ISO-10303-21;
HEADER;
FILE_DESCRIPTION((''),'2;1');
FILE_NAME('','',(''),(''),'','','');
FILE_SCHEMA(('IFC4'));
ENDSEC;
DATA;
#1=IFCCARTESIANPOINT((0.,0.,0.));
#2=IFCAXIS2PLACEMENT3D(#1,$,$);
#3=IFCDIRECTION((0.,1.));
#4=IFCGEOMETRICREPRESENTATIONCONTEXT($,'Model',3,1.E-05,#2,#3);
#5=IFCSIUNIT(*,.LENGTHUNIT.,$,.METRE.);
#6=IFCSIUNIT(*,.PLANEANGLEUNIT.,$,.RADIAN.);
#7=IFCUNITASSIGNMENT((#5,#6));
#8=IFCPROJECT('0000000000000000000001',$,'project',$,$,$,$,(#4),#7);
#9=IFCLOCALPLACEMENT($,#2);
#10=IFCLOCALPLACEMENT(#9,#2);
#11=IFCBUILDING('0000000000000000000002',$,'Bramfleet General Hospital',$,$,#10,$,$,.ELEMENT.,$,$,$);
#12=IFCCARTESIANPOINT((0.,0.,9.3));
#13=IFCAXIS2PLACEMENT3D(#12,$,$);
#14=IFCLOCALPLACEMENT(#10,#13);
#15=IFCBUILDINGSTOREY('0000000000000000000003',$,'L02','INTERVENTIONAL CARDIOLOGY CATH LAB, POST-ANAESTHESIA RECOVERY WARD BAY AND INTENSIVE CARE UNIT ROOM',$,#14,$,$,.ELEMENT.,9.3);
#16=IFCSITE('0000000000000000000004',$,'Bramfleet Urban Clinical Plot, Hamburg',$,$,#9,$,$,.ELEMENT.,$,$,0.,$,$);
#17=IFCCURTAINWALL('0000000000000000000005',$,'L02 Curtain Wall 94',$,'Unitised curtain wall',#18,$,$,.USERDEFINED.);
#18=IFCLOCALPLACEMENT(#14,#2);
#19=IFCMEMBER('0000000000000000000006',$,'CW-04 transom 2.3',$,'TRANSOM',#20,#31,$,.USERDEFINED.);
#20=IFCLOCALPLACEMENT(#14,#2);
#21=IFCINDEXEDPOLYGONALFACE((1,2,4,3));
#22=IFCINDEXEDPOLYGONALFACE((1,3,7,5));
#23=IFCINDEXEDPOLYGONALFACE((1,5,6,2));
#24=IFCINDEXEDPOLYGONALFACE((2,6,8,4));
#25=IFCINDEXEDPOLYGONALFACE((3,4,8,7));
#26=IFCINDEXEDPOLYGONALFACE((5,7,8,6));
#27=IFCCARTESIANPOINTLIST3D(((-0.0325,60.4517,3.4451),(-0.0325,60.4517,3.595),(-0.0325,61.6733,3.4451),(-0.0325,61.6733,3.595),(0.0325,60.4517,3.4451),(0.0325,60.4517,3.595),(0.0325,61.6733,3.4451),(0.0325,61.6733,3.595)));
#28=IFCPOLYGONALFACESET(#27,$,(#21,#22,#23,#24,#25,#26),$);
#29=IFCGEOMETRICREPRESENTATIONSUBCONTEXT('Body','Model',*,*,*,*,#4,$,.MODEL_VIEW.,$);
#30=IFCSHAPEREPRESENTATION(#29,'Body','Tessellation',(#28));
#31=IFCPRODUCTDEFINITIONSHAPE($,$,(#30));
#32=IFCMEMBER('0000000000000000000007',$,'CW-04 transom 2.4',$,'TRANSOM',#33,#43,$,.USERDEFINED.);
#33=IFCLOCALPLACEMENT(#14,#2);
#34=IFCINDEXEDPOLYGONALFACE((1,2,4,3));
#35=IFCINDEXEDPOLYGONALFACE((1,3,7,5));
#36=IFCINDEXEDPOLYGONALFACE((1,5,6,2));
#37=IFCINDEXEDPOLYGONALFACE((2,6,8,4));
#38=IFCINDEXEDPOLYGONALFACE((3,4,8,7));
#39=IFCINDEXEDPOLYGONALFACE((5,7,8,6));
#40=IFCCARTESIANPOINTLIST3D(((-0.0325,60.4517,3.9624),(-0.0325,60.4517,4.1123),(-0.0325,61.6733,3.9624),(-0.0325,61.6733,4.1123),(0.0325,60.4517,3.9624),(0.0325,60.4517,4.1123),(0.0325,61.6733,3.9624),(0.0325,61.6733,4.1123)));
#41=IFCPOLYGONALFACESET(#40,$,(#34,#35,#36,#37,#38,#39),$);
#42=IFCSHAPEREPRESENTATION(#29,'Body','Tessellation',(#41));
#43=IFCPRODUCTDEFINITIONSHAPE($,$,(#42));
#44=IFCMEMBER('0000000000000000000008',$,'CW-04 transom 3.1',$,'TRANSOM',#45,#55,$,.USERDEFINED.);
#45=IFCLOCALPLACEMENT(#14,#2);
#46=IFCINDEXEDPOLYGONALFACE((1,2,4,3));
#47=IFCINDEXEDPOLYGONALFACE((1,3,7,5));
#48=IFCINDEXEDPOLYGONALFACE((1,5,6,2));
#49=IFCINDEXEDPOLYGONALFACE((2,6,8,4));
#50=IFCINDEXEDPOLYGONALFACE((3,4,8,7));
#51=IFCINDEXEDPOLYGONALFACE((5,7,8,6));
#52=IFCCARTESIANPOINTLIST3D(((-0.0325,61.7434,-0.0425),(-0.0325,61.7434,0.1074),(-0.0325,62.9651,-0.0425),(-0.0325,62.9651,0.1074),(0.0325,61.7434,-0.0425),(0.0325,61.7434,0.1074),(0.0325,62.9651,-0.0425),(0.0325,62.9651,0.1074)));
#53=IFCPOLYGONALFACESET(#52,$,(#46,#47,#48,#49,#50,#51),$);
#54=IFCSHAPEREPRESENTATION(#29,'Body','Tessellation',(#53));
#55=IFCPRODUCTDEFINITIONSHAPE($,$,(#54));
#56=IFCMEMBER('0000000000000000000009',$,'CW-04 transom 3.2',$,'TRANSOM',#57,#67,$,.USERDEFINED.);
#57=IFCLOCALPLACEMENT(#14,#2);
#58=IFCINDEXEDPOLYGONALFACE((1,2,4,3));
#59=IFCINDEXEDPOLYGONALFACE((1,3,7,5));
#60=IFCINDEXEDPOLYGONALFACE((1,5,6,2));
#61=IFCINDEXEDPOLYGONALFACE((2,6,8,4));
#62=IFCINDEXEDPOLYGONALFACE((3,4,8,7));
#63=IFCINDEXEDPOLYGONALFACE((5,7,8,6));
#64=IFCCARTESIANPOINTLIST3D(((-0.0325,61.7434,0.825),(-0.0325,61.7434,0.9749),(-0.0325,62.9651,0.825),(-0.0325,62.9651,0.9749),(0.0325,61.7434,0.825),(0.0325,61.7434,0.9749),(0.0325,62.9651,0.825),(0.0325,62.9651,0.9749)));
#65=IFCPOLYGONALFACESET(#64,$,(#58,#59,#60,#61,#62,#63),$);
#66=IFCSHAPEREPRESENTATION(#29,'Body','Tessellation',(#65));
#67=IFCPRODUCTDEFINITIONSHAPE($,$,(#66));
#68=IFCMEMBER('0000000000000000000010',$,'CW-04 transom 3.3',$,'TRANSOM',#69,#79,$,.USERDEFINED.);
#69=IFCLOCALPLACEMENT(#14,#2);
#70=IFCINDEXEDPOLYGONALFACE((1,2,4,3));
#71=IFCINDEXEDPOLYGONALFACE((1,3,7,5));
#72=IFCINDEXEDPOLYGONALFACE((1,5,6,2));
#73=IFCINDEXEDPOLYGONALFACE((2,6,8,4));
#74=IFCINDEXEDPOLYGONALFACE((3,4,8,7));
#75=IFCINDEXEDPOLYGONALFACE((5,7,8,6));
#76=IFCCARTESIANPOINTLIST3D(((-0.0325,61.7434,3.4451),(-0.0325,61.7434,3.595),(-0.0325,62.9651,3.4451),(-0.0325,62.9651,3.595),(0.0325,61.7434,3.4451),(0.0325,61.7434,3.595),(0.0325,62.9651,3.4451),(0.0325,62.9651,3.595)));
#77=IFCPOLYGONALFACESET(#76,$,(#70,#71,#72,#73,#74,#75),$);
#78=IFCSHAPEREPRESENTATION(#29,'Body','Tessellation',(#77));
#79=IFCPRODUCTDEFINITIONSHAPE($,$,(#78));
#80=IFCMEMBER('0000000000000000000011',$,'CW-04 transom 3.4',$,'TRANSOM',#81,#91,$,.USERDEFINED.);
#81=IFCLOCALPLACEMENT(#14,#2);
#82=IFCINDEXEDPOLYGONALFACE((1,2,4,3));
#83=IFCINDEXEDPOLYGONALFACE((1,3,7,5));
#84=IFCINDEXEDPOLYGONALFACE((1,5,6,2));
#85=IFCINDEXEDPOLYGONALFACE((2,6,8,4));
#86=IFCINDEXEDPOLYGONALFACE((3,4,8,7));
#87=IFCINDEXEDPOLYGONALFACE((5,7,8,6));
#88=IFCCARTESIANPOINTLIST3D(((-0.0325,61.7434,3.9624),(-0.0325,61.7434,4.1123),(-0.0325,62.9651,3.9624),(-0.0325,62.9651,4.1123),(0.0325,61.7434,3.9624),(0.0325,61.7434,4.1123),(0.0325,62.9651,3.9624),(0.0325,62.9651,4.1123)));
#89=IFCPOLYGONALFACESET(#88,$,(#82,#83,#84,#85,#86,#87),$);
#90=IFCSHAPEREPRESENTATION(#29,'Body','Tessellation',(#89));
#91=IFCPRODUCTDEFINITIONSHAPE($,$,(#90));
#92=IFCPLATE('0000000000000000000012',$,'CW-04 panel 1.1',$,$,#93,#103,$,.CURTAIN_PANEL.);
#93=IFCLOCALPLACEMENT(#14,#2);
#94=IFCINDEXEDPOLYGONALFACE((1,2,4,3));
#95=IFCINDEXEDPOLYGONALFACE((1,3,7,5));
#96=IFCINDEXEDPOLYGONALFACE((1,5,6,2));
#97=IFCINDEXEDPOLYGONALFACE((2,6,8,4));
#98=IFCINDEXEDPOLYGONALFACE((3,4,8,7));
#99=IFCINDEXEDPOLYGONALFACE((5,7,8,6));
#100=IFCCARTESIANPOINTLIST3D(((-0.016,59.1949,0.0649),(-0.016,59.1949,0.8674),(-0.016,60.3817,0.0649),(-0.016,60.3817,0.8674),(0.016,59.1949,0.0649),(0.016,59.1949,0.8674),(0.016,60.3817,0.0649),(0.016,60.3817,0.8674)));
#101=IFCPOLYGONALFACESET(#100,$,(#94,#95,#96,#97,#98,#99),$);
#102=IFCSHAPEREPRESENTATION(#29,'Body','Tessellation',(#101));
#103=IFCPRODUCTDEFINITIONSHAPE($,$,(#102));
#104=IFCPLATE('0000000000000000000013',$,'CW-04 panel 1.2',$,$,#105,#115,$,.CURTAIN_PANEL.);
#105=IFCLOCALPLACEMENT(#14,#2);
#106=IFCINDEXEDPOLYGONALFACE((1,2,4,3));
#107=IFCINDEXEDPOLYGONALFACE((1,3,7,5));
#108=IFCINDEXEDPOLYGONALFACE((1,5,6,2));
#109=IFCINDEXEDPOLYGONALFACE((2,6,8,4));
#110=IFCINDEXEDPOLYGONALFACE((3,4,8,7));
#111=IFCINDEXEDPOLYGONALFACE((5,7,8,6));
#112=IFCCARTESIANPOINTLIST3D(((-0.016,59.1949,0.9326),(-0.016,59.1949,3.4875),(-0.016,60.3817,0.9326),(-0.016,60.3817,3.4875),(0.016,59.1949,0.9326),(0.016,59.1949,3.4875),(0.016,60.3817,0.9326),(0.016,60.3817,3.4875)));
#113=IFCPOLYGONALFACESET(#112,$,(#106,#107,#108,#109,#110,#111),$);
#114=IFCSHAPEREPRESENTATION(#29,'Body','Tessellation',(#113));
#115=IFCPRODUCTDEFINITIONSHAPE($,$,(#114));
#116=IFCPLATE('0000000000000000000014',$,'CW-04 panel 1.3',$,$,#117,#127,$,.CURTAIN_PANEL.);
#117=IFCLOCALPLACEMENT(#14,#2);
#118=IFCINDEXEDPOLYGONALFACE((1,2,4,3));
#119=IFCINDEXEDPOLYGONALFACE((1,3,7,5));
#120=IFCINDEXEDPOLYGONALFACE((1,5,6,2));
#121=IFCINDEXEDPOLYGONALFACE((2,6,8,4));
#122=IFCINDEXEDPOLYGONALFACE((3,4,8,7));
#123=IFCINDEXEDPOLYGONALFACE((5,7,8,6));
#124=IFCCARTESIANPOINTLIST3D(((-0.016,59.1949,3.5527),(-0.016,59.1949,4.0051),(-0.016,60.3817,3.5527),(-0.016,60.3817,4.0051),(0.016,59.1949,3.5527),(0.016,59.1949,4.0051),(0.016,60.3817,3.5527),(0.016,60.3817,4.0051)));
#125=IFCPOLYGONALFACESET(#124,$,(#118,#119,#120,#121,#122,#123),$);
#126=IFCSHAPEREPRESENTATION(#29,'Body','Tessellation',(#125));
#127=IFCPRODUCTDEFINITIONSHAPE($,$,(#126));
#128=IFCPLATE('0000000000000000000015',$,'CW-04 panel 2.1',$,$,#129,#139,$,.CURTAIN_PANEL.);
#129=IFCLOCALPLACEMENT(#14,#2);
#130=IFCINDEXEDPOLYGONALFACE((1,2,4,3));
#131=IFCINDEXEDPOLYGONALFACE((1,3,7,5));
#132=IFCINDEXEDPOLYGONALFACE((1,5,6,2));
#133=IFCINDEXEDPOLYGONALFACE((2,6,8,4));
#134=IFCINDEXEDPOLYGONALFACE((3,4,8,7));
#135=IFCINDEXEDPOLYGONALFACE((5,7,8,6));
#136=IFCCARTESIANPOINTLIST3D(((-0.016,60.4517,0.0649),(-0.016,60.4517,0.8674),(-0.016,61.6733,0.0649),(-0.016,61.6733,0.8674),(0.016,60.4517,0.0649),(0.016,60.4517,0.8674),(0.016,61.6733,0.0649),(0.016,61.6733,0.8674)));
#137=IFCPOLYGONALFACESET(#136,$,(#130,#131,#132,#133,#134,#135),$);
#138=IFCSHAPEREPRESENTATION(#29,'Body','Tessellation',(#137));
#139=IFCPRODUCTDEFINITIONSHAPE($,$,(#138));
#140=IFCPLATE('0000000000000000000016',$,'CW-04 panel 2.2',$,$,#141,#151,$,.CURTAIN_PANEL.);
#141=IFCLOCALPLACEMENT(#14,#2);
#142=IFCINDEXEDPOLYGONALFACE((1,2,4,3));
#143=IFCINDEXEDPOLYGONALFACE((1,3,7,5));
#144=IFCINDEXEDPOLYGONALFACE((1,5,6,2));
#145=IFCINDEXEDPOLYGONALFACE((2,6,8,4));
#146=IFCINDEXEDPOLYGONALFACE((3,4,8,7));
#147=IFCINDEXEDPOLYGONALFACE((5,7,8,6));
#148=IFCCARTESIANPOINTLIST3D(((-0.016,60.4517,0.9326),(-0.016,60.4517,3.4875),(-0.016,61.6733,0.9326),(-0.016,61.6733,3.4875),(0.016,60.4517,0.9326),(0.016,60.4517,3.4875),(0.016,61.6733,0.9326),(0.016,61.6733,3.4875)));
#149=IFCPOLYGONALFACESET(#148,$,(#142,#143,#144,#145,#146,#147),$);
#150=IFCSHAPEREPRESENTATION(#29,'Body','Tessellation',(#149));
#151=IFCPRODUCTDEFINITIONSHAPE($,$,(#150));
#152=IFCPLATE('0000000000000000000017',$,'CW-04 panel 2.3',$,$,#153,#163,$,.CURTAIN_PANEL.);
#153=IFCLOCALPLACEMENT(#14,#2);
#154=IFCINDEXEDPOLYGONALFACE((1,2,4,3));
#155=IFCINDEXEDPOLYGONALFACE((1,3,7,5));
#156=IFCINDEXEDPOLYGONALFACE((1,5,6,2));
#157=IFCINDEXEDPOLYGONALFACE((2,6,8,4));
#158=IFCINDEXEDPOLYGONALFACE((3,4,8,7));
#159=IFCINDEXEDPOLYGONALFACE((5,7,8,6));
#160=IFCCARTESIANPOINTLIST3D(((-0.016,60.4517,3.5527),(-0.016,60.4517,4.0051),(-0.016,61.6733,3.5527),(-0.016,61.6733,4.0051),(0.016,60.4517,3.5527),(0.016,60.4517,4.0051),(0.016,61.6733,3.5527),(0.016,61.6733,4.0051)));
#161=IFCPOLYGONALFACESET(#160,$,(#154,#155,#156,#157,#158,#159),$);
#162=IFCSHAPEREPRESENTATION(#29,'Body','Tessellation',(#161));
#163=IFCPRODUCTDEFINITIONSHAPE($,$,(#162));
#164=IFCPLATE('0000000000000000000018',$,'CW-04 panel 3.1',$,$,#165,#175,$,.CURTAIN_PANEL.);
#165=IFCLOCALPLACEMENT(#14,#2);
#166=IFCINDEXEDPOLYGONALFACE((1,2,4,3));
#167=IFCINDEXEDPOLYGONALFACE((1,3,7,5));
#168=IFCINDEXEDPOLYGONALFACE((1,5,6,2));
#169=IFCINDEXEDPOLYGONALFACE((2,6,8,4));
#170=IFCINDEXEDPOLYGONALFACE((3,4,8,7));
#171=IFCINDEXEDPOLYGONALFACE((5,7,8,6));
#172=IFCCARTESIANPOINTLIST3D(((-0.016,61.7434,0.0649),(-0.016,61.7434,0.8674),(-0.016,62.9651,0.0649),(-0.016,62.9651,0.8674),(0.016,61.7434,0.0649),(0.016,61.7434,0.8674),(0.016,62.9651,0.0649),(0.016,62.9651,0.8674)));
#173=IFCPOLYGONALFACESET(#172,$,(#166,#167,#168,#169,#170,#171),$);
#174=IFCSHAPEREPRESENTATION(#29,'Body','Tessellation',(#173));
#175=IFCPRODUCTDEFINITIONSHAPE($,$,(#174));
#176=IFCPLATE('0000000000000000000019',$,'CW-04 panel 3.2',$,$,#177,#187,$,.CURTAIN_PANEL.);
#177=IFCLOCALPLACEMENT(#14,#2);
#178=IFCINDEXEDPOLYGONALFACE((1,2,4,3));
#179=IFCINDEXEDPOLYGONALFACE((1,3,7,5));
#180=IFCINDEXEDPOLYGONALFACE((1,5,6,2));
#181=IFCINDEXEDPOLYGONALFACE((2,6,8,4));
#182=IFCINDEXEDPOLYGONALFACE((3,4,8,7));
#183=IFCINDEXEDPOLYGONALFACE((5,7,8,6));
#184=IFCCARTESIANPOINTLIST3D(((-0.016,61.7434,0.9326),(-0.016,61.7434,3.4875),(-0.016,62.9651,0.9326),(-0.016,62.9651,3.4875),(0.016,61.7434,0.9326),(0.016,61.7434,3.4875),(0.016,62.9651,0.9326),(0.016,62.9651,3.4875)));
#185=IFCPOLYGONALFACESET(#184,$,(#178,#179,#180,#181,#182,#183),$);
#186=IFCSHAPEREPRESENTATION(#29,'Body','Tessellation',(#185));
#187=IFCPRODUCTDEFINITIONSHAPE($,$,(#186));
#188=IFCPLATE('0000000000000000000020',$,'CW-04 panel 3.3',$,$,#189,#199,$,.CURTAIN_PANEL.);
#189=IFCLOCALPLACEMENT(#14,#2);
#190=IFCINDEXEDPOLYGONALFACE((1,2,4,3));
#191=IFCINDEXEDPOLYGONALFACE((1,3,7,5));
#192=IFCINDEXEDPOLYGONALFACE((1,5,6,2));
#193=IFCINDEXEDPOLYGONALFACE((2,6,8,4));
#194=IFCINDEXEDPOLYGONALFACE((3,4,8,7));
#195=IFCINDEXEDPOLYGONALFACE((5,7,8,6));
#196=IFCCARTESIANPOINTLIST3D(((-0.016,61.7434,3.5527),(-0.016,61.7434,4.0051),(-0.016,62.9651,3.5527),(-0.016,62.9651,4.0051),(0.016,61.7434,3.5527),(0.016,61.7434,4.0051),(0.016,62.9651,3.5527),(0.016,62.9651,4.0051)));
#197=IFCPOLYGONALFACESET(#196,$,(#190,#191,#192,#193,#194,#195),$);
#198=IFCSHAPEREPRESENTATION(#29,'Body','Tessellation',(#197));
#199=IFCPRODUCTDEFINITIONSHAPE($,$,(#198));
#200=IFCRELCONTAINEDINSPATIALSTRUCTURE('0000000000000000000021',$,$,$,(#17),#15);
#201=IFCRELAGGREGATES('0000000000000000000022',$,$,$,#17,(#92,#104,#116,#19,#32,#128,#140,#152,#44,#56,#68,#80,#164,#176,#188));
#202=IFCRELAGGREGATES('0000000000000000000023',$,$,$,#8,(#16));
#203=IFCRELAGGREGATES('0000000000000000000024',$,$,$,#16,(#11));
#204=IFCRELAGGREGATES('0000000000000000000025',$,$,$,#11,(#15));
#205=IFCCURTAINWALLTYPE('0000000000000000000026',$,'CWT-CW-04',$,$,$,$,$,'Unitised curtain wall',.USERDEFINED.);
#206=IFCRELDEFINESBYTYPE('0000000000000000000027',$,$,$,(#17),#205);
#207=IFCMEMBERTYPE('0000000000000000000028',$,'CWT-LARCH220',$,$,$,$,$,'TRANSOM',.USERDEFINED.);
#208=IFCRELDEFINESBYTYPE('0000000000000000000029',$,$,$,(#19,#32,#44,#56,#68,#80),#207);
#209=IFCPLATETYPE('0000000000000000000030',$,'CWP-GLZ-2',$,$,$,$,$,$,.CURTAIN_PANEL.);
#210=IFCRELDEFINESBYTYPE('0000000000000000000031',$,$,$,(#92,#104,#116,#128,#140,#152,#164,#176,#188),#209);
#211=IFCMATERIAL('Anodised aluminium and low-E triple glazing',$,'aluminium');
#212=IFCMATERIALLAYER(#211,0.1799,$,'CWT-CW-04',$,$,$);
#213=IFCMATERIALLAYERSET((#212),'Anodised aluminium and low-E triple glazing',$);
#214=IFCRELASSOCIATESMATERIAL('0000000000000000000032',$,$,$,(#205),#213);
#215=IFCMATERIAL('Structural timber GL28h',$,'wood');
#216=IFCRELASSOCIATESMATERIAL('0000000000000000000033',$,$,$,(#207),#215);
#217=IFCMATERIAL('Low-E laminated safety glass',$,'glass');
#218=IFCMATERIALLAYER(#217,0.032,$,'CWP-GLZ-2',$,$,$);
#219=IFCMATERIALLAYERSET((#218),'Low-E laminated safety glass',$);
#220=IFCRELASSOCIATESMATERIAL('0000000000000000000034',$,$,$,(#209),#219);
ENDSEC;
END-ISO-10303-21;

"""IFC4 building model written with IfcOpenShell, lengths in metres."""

from ifc_helpers import new_model, si_unit, direction, frame, origin, origin_2d, place, context, subcontext, project, spatial, rectangle, extrude, material, layer, layer_set, material_profile, profile_set, type_object, element, aggregate, save


model = new_model("IFC4")

# Units and contexts
model_context = context("Model", 3, precision=1e-05, world=origin(), true_north=direction((0.0, 1.0)))
body_context = subcontext(model_context, "Body", "Model", "MODEL_VIEW")
ifc_project = project(units=[si_unit("LENGTHUNIT", "METRE"), si_unit("PLANEANGLEUNIT", "RADIAN")], contexts=[model_context])

# Site, building, storey
site_placement = place(None, origin())
site = spatial("IfcSite", under=ifc_project, at=site_placement, Name="Bramfleet Urban Clinical Plot, Hamburg", CompositionType="ELEMENT", RefElevation=0.0)
building_placement = place(site_placement, origin())
building = spatial("IfcBuilding", under=site, at=building_placement, Name="Bramfleet General Hospital", CompositionType="ELEMENT")
storey_placement = place(building_placement, frame((0.0, 0.0, 9.3)))
storey = spatial("IfcBuildingStorey", under=building, at=storey_placement, Name="L02", Description="INTERVENTIONAL CARDIOLOGY CATH LAB, POST-ANAESTHESIA RECOVERY WARD BAY AND INTENSIVE CARE UNIT ROOM", CompositionType="ELEMENT", Elevation=9.3)

# Curtain wall, members, plates
ifc_material_1 = material(Name="Anodised aluminium and low-E triple glazing", Category="aluminium")
ifc_layer_1 = layer(ifc_material_1, 0.1799, Name="CWT-CW-04")
ifc_layer_set_1 = layer_set([ifc_layer_1], Name="Anodised aluminium and low-E triple glazing")
curtain_wall_type = type_object("IfcCurtainWallType", Name="CWT-CW-04", ElementType="Unitised curtain wall", PredefinedType="USERDEFINED", material=ifc_layer_set_1)
curtain_wall_placement = place(storey_placement, origin())
curtain_wall = element("IfcCurtainWall", 1, at=curtain_wall_placement, inside=storey, type_object=curtain_wall_type, Name="L02 Curtain Wall 94", ObjectType="Unitised curtain wall", PredefinedType="USERDEFINED")
ifc_material_2 = material(Name="Structural timber GL28h", Category="wood")
ifc_material_profile_1 = material_profile(ifc_material_2, rectangle(XDim=0.0649, YDim=0.1499, at=origin_2d()), Name="LARCH 150x65")
ifc_profile_set_1 = profile_set([ifc_material_profile_1], Name="Structural timber GL28h")
member_type_1 = type_object("IfcMemberType", Name="CWT-LARCH220", ElementType="TRANSOM", PredefinedType="USERDEFINED", material=ifc_profile_set_1)
member_1_placement = place(storey_placement, frame((0.0, 60.4517, 3.52), z_axis=(0.0, 1.0, 0.0), x_axis=(-1.0, 0.0, 0.0)))
member_1 = element("IfcMember", 2, at=member_1_placement, type_object=member_type_1, Name="CW-04 transom 2.3", ObjectType="TRANSOM", PredefinedType="USERDEFINED", context=body_context, shape_type="SweptSolid", body=[
    extrude(rectangle(XDim=0.0649, YDim=0.1499, at=origin_2d()), origin(), (0.0, 0.0, 1.0), 1.2217),
])
member_2_placement = place(storey_placement, frame((0.0, 60.4517, 4.0374), z_axis=(0.0, 1.0, 0.0), x_axis=(-1.0, 0.0, 0.0)))
member_2 = element("IfcMember", 3, at=member_2_placement, type_object=member_type_1, Name="CW-04 transom 2.4", ObjectType="TRANSOM", PredefinedType="USERDEFINED", context=body_context, shape_type="SweptSolid", body=[
    extrude(rectangle(XDim=0.0649, YDim=0.1499, at=origin_2d()), origin(), (0.0, 0.0, 1.0), 1.2217),
])
member_3_placement = place(storey_placement, frame((0.0, 61.7434, 0.0325), z_axis=(0.0, 1.0, 0.0), x_axis=(-1.0, 0.0, 0.0)))
member_3 = element("IfcMember", 4, at=member_3_placement, type_object=member_type_1, Name="CW-04 transom 3.1", ObjectType="TRANSOM", PredefinedType="USERDEFINED", context=body_context, shape_type="SweptSolid", body=[
    extrude(rectangle(XDim=0.0649, YDim=0.1499, at=origin_2d()), origin(), (0.0, 0.0, 1.0), 1.2217),
])
member_4_placement = place(storey_placement, frame((0.0, 61.7434, 0.8999), z_axis=(0.0, 1.0, 0.0), x_axis=(-1.0, 0.0, 0.0)))
member_4 = element("IfcMember", 5, at=member_4_placement, type_object=member_type_1, Name="CW-04 transom 3.2", ObjectType="TRANSOM", PredefinedType="USERDEFINED", context=body_context, shape_type="SweptSolid", body=[
    extrude(rectangle(XDim=0.0649, YDim=0.1499, at=origin_2d()), origin(), (0.0, 0.0, 1.0), 1.2217),
])
member_5_placement = place(storey_placement, frame((0.0, 61.7434, 3.52), z_axis=(0.0, 1.0, 0.0), x_axis=(-1.0, 0.0, 0.0)))
member_5 = element("IfcMember", 6, at=member_5_placement, type_object=member_type_1, Name="CW-04 transom 3.3", ObjectType="TRANSOM", PredefinedType="USERDEFINED", context=body_context, shape_type="SweptSolid", body=[
    extrude(rectangle(XDim=0.0649, YDim=0.1499, at=origin_2d()), origin(), (0.0, 0.0, 1.0), 1.2217),
])
member_6_placement = place(storey_placement, frame((0.0, 61.7434, 4.0374), z_axis=(0.0, 1.0, 0.0), x_axis=(-1.0, 0.0, 0.0)))
member_6 = element("IfcMember", 7, at=member_6_placement, type_object=member_type_1, Name="CW-04 transom 3.4", ObjectType="TRANSOM", PredefinedType="USERDEFINED", context=body_context, shape_type="SweptSolid", body=[
    extrude(rectangle(XDim=0.0649, YDim=0.1499, at=origin_2d()), origin(), (0.0, 0.0, 1.0), 1.2217),
])
ifc_material_3 = material(Name="Low-E laminated safety glass", Category="glass")
ifc_layer_2 = layer(ifc_material_3, 0.032, Name="CWP-GLZ-2")
ifc_layer_set_2 = layer_set([ifc_layer_2], Name="Low-E laminated safety glass")
plate_type = type_object("IfcPlateType", Name="CWP-GLZ-2", PredefinedType="CURTAIN_PANEL", material=ifc_layer_set_2)
plate_1_placement = place(storey_placement, frame((0.0, 59.7883, 0.0649), z_axis=(0.0, 0.0, 1.0), x_axis=(0.0, 1.0, 0.0)))
plate_1 = element("IfcPlate", 8, at=plate_1_placement, type_object=plate_type, Name="CW-04 panel 1.1", PredefinedType="CURTAIN_PANEL", context=body_context, shape_type="SweptSolid", body=[
    extrude(rectangle(XDim=1.1868, YDim=0.032, at=origin_2d()), origin(), (0.0, 0.0, 1.0), 0.8025),
])
plate_2_placement = place(storey_placement, frame((0.0, 59.7883, 0.9326), z_axis=(0.0, 0.0, 1.0), x_axis=(0.0, 1.0, 0.0)))
plate_2 = element("IfcPlate", 9, at=plate_2_placement, type_object=plate_type, Name="CW-04 panel 1.2", PredefinedType="CURTAIN_PANEL", context=body_context, shape_type="SweptSolid", body=[
    extrude(rectangle(XDim=1.1868, YDim=0.032, at=origin_2d()), origin(), (0.0, 0.0, 1.0), 2.5549),
])
plate_3_placement = place(storey_placement, frame((0.0, 59.7883, 3.5527), z_axis=(0.0, 0.0, 1.0), x_axis=(0.0, 1.0, 0.0)))
plate_3 = element("IfcPlate", 10, at=plate_3_placement, type_object=plate_type, Name="CW-04 panel 1.3", PredefinedType="CURTAIN_PANEL", context=body_context, shape_type="SweptSolid", body=[
    extrude(rectangle(XDim=1.1868, YDim=0.032, at=origin_2d()), origin(), (0.0, 0.0, 1.0), 0.4524),
])
plate_4_placement = place(storey_placement, frame((0.0, 61.0625, 0.0649), z_axis=(0.0, 0.0, 1.0), x_axis=(0.0, 1.0, 0.0)))
plate_4 = element("IfcPlate", 11, at=plate_4_placement, type_object=plate_type, Name="CW-04 panel 2.1", PredefinedType="CURTAIN_PANEL", context=body_context, shape_type="SweptSolid", body=[
    extrude(rectangle(XDim=1.2217, YDim=0.032, at=origin_2d()), origin(), (0.0, 0.0, 1.0), 0.8025),
])
plate_5_placement = place(storey_placement, frame((0.0, 61.0625, 0.9326), z_axis=(0.0, 0.0, 1.0), x_axis=(0.0, 1.0, 0.0)))
plate_5 = element("IfcPlate", 12, at=plate_5_placement, type_object=plate_type, Name="CW-04 panel 2.2", PredefinedType="CURTAIN_PANEL", context=body_context, shape_type="SweptSolid", body=[
    extrude(rectangle(XDim=1.2217, YDim=0.032, at=origin_2d()), origin(), (0.0, 0.0, 1.0), 2.5549),
])
plate_6_placement = place(storey_placement, frame((0.0, 61.0625, 3.5527), z_axis=(0.0, 0.0, 1.0), x_axis=(0.0, 1.0, 0.0)))
plate_6 = element("IfcPlate", 13, at=plate_6_placement, type_object=plate_type, Name="CW-04 panel 2.3", PredefinedType="CURTAIN_PANEL", context=body_context, shape_type="SweptSolid", body=[
    extrude(rectangle(XDim=1.2217, YDim=0.032, at=origin_2d()), origin(), (0.0, 0.0, 1.0), 0.4524),
])
plate_7_placement = place(storey_placement, frame((0.0, 62.3542, 0.0649), z_axis=(0.0, 0.0, 1.0), x_axis=(0.0, 1.0, 0.0)))
plate_7 = element("IfcPlate", 14, at=plate_7_placement, type_object=plate_type, Name="CW-04 panel 3.1", PredefinedType="CURTAIN_PANEL", context=body_context, shape_type="SweptSolid", body=[
    extrude(rectangle(XDim=1.2217, YDim=0.032, at=origin_2d()), origin(), (0.0, 0.0, 1.0), 0.8025),
])
plate_8_placement = place(storey_placement, frame((0.0, 62.3542, 0.9326), z_axis=(0.0, 0.0, 1.0), x_axis=(0.0, 1.0, 0.0)))
plate_8 = element("IfcPlate", 15, at=plate_8_placement, type_object=plate_type, Name="CW-04 panel 3.2", PredefinedType="CURTAIN_PANEL", context=body_context, shape_type="SweptSolid", body=[
    extrude(rectangle(XDim=1.2217, YDim=0.032, at=origin_2d()), origin(), (0.0, 0.0, 1.0), 2.5549),
])
plate_9_placement = place(storey_placement, frame((0.0, 62.3542, 3.5527), z_axis=(0.0, 0.0, 1.0), x_axis=(0.0, 1.0, 0.0)))
plate_9 = element("IfcPlate", 16, at=plate_9_placement, type_object=plate_type, Name="CW-04 panel 3.3", PredefinedType="CURTAIN_PANEL", context=body_context, shape_type="SweptSolid", body=[
    extrude(rectangle(XDim=1.2217, YDim=0.032, at=origin_2d()), origin(), (0.0, 0.0, 1.0), 0.4524),
])
aggregate(curtain_wall, [plate_1, plate_2, plate_3, member_1, member_2, plate_4, plate_5, plate_6, member_3, member_4, member_5, member_6, plate_7, plate_8, plate_9])

save(model, "model.ifc")
